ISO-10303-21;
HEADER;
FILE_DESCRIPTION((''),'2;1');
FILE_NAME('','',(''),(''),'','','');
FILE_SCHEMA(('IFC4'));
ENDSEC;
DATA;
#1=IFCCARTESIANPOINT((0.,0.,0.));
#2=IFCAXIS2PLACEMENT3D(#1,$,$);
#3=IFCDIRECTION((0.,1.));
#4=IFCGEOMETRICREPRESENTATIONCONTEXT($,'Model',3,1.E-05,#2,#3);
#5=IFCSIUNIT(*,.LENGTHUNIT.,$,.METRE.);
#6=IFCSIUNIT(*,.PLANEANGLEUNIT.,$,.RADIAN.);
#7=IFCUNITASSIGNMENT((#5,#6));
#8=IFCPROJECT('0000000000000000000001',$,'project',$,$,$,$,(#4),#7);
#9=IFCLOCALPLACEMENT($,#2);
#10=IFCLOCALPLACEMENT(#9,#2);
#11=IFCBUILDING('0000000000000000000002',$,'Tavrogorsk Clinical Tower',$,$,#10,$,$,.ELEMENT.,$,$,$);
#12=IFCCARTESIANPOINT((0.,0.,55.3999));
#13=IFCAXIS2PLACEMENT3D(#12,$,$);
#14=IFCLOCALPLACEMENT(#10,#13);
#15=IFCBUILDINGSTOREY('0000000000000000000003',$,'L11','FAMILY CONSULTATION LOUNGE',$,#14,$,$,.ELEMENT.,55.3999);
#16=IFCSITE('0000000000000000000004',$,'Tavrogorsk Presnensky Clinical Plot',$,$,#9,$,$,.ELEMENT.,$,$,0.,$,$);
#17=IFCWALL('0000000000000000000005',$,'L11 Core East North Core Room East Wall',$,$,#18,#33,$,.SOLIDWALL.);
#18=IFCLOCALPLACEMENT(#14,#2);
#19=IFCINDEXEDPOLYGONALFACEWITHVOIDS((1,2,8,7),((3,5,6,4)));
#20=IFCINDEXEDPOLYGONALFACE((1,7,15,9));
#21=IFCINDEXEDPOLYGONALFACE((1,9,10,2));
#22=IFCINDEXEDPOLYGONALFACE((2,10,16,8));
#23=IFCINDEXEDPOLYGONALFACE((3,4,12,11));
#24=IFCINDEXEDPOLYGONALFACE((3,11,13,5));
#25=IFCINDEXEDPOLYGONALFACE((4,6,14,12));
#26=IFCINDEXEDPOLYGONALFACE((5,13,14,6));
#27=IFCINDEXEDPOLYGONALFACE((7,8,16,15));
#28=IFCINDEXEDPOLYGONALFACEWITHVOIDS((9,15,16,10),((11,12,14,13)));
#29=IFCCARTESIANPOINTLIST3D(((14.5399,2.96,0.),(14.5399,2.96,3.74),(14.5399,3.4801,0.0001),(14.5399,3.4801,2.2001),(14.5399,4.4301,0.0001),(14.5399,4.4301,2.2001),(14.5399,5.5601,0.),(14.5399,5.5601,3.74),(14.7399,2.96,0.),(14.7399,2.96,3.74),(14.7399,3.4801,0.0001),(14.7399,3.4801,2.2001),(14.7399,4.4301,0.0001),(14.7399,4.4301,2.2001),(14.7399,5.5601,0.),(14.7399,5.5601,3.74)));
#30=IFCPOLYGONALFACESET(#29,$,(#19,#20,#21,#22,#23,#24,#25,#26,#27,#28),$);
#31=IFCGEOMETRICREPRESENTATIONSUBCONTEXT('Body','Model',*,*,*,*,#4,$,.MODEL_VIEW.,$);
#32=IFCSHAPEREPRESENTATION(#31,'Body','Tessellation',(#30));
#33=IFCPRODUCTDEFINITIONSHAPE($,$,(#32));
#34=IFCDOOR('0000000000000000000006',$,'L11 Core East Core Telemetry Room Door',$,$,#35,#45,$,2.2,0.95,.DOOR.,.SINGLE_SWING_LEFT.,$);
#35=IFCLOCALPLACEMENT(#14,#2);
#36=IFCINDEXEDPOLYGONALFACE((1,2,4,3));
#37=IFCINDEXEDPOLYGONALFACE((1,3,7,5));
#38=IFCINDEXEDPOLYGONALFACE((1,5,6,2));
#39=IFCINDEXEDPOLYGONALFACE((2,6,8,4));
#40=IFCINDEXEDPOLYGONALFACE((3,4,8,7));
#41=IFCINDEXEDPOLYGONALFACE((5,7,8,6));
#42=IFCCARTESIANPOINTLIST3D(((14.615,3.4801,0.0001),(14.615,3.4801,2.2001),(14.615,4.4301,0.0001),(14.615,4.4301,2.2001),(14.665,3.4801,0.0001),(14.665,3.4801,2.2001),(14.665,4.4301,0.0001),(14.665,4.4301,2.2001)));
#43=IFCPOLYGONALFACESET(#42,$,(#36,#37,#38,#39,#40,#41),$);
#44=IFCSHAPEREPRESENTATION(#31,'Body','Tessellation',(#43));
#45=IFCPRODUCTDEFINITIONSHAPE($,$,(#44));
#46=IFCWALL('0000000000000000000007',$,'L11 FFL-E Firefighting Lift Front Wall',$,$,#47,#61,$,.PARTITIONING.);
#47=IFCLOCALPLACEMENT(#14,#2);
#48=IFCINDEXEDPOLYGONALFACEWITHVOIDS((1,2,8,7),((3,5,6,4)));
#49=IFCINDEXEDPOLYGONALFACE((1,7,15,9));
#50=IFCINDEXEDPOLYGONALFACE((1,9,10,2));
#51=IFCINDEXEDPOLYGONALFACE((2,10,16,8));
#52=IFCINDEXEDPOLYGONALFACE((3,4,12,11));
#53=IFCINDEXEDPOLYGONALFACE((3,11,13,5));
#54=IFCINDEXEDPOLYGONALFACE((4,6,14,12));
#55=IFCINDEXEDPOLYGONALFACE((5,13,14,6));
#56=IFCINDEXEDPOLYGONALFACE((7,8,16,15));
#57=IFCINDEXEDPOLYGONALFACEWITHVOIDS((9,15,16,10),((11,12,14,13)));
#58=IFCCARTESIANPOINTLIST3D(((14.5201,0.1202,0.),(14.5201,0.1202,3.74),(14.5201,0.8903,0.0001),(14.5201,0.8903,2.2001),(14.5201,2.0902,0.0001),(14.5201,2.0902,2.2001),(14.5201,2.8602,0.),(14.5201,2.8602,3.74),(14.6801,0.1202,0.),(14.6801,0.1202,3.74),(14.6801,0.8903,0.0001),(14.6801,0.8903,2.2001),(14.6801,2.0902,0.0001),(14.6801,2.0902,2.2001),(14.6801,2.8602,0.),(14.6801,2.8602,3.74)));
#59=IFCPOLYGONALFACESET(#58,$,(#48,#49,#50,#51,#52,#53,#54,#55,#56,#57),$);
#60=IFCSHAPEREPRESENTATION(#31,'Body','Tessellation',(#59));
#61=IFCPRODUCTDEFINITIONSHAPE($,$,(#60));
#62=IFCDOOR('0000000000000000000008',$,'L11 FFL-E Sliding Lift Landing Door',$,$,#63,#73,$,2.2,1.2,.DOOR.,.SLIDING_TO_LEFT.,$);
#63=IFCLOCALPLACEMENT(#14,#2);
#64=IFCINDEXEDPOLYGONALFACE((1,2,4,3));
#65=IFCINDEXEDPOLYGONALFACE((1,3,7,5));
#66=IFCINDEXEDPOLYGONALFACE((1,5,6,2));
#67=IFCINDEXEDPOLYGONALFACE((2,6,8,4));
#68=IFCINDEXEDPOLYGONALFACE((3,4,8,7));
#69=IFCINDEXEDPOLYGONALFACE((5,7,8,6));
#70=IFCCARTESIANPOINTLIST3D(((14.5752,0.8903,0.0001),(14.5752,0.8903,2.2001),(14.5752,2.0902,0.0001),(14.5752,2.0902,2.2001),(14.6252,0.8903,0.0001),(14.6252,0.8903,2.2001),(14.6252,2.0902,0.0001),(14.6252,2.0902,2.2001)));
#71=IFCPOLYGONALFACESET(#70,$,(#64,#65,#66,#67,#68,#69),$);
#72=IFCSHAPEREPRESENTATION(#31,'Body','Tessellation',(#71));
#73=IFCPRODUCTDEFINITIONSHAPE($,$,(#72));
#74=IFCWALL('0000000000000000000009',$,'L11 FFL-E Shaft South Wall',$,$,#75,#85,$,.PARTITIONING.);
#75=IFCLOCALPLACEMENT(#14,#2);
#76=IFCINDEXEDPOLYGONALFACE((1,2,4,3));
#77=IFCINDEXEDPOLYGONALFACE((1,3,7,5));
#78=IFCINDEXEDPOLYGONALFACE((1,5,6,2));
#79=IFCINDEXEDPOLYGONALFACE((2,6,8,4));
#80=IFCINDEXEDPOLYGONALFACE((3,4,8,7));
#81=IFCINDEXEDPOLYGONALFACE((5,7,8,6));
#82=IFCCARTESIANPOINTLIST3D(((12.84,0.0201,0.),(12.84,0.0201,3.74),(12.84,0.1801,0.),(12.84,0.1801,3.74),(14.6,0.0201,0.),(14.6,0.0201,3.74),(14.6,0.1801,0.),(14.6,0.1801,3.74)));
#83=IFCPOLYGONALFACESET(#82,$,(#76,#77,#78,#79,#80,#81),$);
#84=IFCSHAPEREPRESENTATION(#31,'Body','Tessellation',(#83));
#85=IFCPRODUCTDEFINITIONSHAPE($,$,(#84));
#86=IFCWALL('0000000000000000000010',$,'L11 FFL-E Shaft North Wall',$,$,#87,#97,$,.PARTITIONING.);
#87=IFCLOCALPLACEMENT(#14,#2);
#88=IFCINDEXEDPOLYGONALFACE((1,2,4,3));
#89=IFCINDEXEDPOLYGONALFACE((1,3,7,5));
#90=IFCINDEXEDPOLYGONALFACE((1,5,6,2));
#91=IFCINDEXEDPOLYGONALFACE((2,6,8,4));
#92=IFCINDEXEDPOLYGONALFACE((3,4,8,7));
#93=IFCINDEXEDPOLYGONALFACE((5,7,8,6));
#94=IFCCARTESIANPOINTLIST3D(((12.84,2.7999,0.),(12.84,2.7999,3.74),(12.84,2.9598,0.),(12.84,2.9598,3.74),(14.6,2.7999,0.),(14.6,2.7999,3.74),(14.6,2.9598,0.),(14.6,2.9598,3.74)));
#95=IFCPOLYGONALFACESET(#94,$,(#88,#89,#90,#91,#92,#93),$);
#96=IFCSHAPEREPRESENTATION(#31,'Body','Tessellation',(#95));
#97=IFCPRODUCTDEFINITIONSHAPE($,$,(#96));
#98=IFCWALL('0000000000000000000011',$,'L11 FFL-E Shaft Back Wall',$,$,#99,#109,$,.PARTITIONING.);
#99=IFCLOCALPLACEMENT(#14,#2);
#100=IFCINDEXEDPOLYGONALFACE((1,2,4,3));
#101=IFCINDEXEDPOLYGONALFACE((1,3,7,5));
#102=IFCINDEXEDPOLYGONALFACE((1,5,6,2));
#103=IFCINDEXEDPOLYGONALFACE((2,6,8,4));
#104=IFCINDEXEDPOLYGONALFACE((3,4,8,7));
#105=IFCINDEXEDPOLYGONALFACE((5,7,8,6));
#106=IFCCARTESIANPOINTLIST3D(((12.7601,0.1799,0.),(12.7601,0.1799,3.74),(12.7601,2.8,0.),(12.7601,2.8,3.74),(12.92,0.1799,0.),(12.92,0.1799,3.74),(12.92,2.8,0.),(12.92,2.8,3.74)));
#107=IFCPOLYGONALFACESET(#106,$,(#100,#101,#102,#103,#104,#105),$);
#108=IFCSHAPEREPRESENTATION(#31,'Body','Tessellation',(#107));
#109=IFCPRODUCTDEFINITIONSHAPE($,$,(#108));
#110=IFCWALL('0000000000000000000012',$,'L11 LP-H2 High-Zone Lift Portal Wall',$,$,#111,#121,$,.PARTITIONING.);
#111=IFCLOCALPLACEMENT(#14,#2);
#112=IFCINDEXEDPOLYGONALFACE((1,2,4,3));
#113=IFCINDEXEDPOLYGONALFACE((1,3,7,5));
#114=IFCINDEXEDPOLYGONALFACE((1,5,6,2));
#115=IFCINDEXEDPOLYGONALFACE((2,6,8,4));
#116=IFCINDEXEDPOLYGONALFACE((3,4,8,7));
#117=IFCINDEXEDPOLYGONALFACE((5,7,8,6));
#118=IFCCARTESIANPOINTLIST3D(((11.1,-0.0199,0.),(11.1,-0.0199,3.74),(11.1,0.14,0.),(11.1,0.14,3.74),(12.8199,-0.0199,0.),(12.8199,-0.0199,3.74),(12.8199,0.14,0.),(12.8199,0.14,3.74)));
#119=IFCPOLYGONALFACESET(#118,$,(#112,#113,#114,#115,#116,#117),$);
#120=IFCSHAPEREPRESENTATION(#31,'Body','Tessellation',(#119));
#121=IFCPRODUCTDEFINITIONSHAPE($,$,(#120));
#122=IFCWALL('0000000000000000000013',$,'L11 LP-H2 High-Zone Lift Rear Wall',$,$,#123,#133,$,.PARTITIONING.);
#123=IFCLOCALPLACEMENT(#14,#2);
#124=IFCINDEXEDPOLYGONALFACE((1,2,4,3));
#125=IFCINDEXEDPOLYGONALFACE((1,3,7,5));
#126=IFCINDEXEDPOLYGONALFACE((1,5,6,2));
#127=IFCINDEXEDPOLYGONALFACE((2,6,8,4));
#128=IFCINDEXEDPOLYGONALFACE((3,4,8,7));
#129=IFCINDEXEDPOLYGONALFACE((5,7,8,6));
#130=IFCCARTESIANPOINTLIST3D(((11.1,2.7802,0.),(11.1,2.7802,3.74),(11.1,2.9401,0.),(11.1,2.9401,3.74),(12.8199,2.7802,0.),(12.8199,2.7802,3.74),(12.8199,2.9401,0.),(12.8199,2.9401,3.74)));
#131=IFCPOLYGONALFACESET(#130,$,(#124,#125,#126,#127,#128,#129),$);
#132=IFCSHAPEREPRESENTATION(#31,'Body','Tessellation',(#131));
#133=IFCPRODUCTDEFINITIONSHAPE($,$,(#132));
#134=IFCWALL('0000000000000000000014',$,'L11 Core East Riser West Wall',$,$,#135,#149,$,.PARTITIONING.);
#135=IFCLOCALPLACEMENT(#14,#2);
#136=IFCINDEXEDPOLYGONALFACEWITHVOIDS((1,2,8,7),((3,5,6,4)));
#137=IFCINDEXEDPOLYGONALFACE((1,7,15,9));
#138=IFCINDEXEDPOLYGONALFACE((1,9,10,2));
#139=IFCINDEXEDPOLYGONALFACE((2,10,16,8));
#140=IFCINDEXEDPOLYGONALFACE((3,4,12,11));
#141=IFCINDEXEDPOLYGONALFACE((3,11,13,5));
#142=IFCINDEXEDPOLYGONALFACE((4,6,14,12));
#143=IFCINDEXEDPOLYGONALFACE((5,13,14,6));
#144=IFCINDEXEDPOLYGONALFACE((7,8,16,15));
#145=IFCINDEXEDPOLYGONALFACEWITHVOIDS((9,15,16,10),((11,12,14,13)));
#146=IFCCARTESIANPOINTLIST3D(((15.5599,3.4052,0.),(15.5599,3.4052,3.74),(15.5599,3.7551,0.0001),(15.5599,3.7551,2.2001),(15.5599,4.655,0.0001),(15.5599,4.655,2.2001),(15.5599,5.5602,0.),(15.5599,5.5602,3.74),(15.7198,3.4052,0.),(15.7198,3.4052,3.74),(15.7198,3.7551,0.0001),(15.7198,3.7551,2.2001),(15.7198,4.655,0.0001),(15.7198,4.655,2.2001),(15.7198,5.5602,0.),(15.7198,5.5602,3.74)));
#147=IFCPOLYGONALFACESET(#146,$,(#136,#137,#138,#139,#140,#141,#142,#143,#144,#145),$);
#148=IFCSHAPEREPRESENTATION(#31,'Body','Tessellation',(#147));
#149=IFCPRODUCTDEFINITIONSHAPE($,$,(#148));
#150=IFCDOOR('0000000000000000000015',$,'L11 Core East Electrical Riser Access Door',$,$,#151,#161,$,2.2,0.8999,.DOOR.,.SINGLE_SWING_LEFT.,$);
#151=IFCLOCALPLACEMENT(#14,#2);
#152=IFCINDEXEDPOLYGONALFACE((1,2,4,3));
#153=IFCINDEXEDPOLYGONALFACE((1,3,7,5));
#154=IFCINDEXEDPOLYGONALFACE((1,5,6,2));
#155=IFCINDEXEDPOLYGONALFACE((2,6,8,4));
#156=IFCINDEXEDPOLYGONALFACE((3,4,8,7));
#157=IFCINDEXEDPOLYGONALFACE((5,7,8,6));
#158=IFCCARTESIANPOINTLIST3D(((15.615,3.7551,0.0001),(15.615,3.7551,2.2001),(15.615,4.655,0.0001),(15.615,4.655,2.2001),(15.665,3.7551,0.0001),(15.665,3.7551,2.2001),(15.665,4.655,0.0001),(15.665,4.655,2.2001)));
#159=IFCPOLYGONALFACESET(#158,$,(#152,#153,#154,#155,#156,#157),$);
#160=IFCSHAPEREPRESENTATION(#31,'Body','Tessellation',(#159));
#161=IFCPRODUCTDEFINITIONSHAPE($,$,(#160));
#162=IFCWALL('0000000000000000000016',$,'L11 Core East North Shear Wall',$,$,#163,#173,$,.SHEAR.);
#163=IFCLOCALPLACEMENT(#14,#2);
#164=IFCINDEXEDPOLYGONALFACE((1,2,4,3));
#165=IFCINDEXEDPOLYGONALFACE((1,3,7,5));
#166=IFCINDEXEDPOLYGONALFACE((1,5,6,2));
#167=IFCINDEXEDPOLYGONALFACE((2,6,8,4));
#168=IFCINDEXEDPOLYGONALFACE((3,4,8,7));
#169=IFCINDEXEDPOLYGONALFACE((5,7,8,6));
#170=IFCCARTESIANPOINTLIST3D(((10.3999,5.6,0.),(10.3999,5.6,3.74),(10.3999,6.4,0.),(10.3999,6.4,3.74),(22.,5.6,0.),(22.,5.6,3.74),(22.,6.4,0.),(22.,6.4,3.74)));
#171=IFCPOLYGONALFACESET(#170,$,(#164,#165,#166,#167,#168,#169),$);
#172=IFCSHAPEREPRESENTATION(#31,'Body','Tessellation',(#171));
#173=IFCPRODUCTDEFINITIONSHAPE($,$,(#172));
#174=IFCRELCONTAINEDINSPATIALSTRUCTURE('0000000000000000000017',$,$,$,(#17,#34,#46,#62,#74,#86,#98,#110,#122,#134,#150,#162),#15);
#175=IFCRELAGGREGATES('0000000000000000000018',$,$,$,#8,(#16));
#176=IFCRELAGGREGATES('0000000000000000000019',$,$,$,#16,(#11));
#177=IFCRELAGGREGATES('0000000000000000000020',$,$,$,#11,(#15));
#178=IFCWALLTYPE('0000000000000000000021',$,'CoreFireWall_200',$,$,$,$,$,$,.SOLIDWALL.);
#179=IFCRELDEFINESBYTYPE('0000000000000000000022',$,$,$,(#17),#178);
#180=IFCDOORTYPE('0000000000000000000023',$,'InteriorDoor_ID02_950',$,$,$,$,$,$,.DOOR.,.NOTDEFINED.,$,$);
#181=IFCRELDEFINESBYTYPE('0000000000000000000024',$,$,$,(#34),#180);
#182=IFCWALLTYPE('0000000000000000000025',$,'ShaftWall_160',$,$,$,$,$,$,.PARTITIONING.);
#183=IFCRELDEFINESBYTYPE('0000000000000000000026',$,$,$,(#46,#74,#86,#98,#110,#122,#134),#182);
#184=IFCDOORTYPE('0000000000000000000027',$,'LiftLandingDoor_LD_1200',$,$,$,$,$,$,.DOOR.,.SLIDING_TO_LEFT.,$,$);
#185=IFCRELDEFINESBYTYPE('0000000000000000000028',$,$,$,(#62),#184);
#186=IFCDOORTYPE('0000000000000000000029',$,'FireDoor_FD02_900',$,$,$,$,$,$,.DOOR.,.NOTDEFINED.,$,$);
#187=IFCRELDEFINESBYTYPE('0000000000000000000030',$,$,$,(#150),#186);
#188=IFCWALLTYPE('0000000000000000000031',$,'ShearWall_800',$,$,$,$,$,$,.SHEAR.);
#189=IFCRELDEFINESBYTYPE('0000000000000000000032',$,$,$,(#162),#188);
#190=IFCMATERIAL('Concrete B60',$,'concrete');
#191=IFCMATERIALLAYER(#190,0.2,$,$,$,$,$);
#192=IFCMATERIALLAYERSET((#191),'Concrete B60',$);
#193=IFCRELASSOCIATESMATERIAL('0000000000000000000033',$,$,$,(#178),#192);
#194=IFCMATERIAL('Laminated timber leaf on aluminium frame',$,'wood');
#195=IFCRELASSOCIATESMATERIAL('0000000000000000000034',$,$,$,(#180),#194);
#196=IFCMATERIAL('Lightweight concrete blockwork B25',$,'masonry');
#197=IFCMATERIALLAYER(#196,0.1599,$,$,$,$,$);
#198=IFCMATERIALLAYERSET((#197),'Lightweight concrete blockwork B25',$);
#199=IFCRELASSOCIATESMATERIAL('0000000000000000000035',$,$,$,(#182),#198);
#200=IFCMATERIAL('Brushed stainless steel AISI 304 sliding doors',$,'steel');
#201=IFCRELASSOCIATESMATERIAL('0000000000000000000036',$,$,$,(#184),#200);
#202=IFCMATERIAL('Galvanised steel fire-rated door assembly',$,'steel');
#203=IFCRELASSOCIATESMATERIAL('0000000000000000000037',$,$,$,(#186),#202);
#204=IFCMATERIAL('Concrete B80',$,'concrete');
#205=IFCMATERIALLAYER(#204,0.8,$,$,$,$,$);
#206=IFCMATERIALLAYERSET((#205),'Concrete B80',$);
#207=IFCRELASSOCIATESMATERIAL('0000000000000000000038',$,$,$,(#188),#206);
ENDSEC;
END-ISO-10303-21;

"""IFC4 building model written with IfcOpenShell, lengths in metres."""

from ifc_helpers import new_model, si_unit, direction, frame, frame_2d, origin, place, context, subcontext, project, spatial, rectangle, extrude, material, layer, layer_set, type_object, element, fill, save


model = new_model("IFC4")

# Units and contexts
model_context = context("Model", 3, precision=1e-05, world=origin(), true_north=direction((0.0, 1.0)))
body_context = subcontext(model_context, "Body", "Model", "MODEL_VIEW")
ifc_project = project(units=[si_unit("LENGTHUNIT", "METRE"), si_unit("PLANEANGLEUNIT", "RADIAN")], contexts=[model_context])

# Site, building, storey
site_placement = place(None, origin())
site = spatial("IfcSite", under=ifc_project, at=site_placement, Name="Tavrogorsk Presnensky Clinical Plot", CompositionType="ELEMENT", RefElevation=0.0)
building_placement = place(site_placement, origin())
building = spatial("IfcBuilding", under=site, at=building_placement, Name="Tavrogorsk Clinical Tower", CompositionType="ELEMENT")
storey_placement = place(building_placement, frame((0.0, 0.0, 55.3999)))
storey = spatial("IfcBuildingStorey", under=building, at=storey_placement, Name="L11", Description="FAMILY CONSULTATION LOUNGE", CompositionType="ELEMENT", Elevation=55.3999)

# Walls, openings, doors
ifc_material_1 = material(Name="Concrete B60", Category="concrete")
ifc_layer_1 = layer(ifc_material_1, 0.2)
ifc_layer_set_1 = layer_set([ifc_layer_1], Name="Concrete B60")
wall_type_1 = type_object("IfcWallType", Name="CoreFireWall_200", PredefinedType="SOLIDWALL", material=ifc_layer_set_1)
wall_1_placement = place(storey_placement, frame((14.6399, 2.96, 0.0), z_axis=(0.0, 0.0, 1.0), x_axis=(0.0, 1.0, 0.0)))
wall_1 = element("IfcWall", 1, at=wall_1_placement, inside=storey, type_object=wall_type_1, Name="L11 Core East North Core Room East Wall", PredefinedType="SOLIDWALL", context=body_context, shape_type="SweptSolid", body=[
    extrude(rectangle(XDim=2.6001, YDim=0.2, at=frame_2d((1.3, 0.0))), origin(), (0.0, 0.0, 1.0), 3.74),
])
opening_1_placement = place(wall_1_placement, frame((0.52, 0.0, 0.0)))
opening_1 = element("IfcOpeningElement", 2, at=opening_1_placement, cuts=wall_1, PredefinedType="OPENING", context=body_context, shape_type="SweptSolid", body=[
    extrude(rectangle(XDim=0.95, YDim=2.2, at=frame_2d((0.4751, 1.1001))), frame((0.0, 0.1099, 0.0), z_axis=(0.0, -1.0, 0.0), x_axis=(1.0, 0.0, 0.0)), (0.0, 0.0, 1.0), 0.22),
])
ifc_material_2 = material(Name="Laminated timber leaf on aluminium frame", Category="wood")
door_type_1 = type_object("IfcDoorType", Name="InteriorDoor_ID02_950", OperationType="NOTDEFINED", PredefinedType="DOOR", material=ifc_material_2)
door_1_placement = place(opening_1_placement, origin())
door_1 = element("IfcDoor", 3, at=door_1_placement, inside=storey, type_object=door_type_1, Name="L11 Core East Core Telemetry Room Door", OperationType="SINGLE_SWING_LEFT", OverallHeight=2.2, OverallWidth=0.95, PredefinedType="DOOR", context=body_context, shape_type="SweptSolid", body=[
    extrude(rectangle(XDim=0.95, YDim=2.2, at=frame_2d((0.4751, 1.1001))), frame((0.0, 0.0249, 0.0), z_axis=(0.0, -1.0, 0.0), x_axis=(1.0, 0.0, 0.0)), (0.0, 0.0, 1.0), 0.05),
])
fill(opening_1, door_1)
ifc_material_3 = material(Name="Lightweight concrete blockwork B25", Category="masonry")
ifc_layer_2 = layer(ifc_material_3, 0.1599)
ifc_layer_set_2 = layer_set([ifc_layer_2], Name="Lightweight concrete blockwork B25")
wall_type_2 = type_object("IfcWallType", Name="ShaftWall_160", PredefinedType="PARTITIONING", material=ifc_layer_set_2)
wall_2_placement = place(storey_placement, frame((14.6001, 0.1201, 0.0), z_axis=(0.0, 0.0, 1.0), x_axis=(0.0, 1.0, 0.0)))
wall_2 = element("IfcWall", 4, at=wall_2_placement, inside=storey, type_object=wall_type_2, Name="L11 FFL-E Firefighting Lift Front Wall", PredefinedType="PARTITIONING", context=body_context, shape_type="SweptSolid", body=[
    extrude(rectangle(XDim=2.74, YDim=0.1599, at=frame_2d((1.3701, 0.0))), origin(), (0.0, 0.0, 1.0), 3.74),
])
opening_2_placement = place(wall_2_placement, frame((0.77, 0.0, 0.0)))
opening_2 = element("IfcOpeningElement", 5, at=opening_2_placement, cuts=wall_2, PredefinedType="OPENING", context=body_context, shape_type="SweptSolid", body=[
    extrude(rectangle(XDim=1.2, YDim=2.2, at=frame_2d((0.6001, 1.1001))), frame((0.0, 0.0898, 0.0), z_axis=(0.0, -1.0, 0.0), x_axis=(1.0, 0.0, 0.0)), (0.0, 0.0, 1.0), 0.1799),
])
ifc_material_4 = material(Name="Brushed stainless steel AISI 304 sliding doors", Category="steel")
door_type_2 = type_object("IfcDoorType", Name="LiftLandingDoor_LD_1200", OperationType="SLIDING_TO_LEFT", PredefinedType="DOOR", material=ifc_material_4)
door_2_placement = place(opening_2_placement, origin())
door_2 = element("IfcDoor", 6, at=door_2_placement, inside=storey, type_object=door_type_2, Name="L11 FFL-E Sliding Lift Landing Door", OperationType="SLIDING_TO_LEFT", OverallHeight=2.2, OverallWidth=1.2, PredefinedType="DOOR", context=body_context, shape_type="SweptSolid", body=[
    extrude(rectangle(XDim=1.2, YDim=2.2, at=frame_2d((0.6001, 1.1001))), frame((0.0, 0.0249, 0.0), z_axis=(0.0, -1.0, 0.0), x_axis=(1.0, 0.0, 0.0)), (0.0, 0.0, 1.0), 0.05),
])
fill(opening_2, door_2)

# Walls
for number, where, z_axis, x_axis, name in (
    (7, (12.8401, 0.1001, 0.0), (0.0, 0.0, 1.0), (1.0, 0.0, 0.0), "L11 FFL-E Shaft South Wall"),
    (8, (12.8401, 2.8799, 0.0), (0.0, 0.0, 1.0), (1.0, 0.0, 0.0), "L11 FFL-E Shaft North Wall"),
):
    element("IfcWall", number, at=place(storey_placement, frame(where, z_axis=z_axis, x_axis=x_axis)), inside=storey, type_object=wall_type_2, Name=name, PredefinedType="PARTITIONING", context=body_context, shape_type="SweptSolid", body=[
        extrude(rectangle(XDim=1.76, YDim=0.1599, at=frame_2d((0.8799, 0.0))), origin(), (0.0, 0.0, 1.0), 3.74),
    ])
wall_3_placement = place(storey_placement, frame((12.8401, 0.1799, 0.0), z_axis=(0.0, 0.0, 1.0), x_axis=(0.0, 1.0, 0.0)))
element("IfcWall", 9, at=wall_3_placement, inside=storey, type_object=wall_type_2, Name="L11 FFL-E Shaft Back Wall", PredefinedType="PARTITIONING", context=body_context, shape_type="SweptSolid", body=[
    extrude(rectangle(XDim=2.6201, YDim=0.1599, at=frame_2d((1.3101, 0.0))), origin(), (0.0, 0.0, 1.0), 3.74),
])
for number, where, z_axis, x_axis, name in (
    (10, (11.1001, 0.0601, 0.0), (0.0, 0.0, 1.0), (1.0, 0.0, 0.0), "L11 LP-H2 High-Zone Lift Portal Wall"),
    (11, (11.1001, 2.8601, 0.0), (0.0, 0.0, 1.0), (1.0, 0.0, 0.0), "L11 LP-H2 High-Zone Lift Rear Wall"),
):
    element("IfcWall", number, at=place(storey_placement, frame(where, z_axis=z_axis, x_axis=x_axis)), inside=storey, type_object=wall_type_2, Name=name, PredefinedType="PARTITIONING", context=body_context, shape_type="SweptSolid", body=[
        extrude(rectangle(XDim=1.72, YDim=0.1599, at=frame_2d((0.8599, 0.0))), origin(), (0.0, 0.0, 1.0), 3.74),
    ])

# Wall, opening, door
wall_4_placement = place(storey_placement, frame((15.6399, 3.405, 0.0), z_axis=(0.0, 0.0, 1.0), x_axis=(0.0, 1.0, 0.0)))
wall_4 = element("IfcWall", 12, at=wall_4_placement, inside=storey, type_object=wall_type_2, Name="L11 Core East Riser West Wall", PredefinedType="PARTITIONING", context=body_context, shape_type="SweptSolid", body=[
    extrude(rectangle(XDim=2.155, YDim=0.1599, at=frame_2d((1.0776, 0.0))), origin(), (0.0, 0.0, 1.0), 3.74),
])
opening_3_placement = place(wall_4_placement, frame((0.3501, 0.0, 0.0)))
opening_3 = element("IfcOpeningElement", 13, at=opening_3_placement, cuts=wall_4, PredefinedType="OPENING", context=body_context, shape_type="SweptSolid", body=[
    extrude(rectangle(XDim=0.8999, YDim=2.2, at=frame_2d((0.45, 1.1001))), frame((0.0, 0.0898, 0.0), z_axis=(0.0, -1.0, 0.0), x_axis=(1.0, 0.0, 0.0)), (0.0, 0.0, 1.0), 0.1799),
])
ifc_material_5 = material(Name="Galvanised steel fire-rated door assembly", Category="steel")
door_type_3 = type_object("IfcDoorType", Name="FireDoor_FD02_900", OperationType="NOTDEFINED", PredefinedType="DOOR", material=ifc_material_5)
door_3_placement = place(opening_3_placement, origin())
door_3 = element("IfcDoor", 14, at=door_3_placement, inside=storey, type_object=door_type_3, Name="L11 Core East Electrical Riser Access Door", OperationType="SINGLE_SWING_LEFT", OverallHeight=2.2, OverallWidth=0.8999, PredefinedType="DOOR", context=body_context, shape_type="SweptSolid", body=[
    extrude(rectangle(XDim=0.8999, YDim=2.2, at=frame_2d((0.45, 1.1001))), frame((0.0, 0.0249, 0.0), z_axis=(0.0, -1.0, 0.0), x_axis=(1.0, 0.0, 0.0)), (0.0, 0.0, 1.0), 0.05),
])
fill(opening_3, door_3)

# Wall
ifc_material_6 = material(Name="Concrete B80", Category="concrete")
ifc_layer_3 = layer(ifc_material_6, 0.8)
ifc_layer_set_3 = layer_set([ifc_layer_3], Name="Concrete B80")
wall_type_3 = type_object("IfcWallType", Name="ShearWall_800", PredefinedType="SHEAR", material=ifc_layer_set_3)
wall_5_placement = place(storey_placement, frame((10.3999, 6.0, 0.0), z_axis=(0.0, 0.0, 1.0), x_axis=(1.0, 0.0, 0.0)))
element("IfcWall", 15, at=wall_5_placement, inside=storey, type_object=wall_type_3, Name="L11 Core East North Shear Wall", PredefinedType="SHEAR", context=body_context, shape_type="SweptSolid", body=[
    extrude(rectangle(XDim=11.6001, YDim=0.8, at=frame_2d((5.8, 0.0))), origin(), (0.0, 0.0, 1.0), 3.74),
])

save(model, "model.ifc")
